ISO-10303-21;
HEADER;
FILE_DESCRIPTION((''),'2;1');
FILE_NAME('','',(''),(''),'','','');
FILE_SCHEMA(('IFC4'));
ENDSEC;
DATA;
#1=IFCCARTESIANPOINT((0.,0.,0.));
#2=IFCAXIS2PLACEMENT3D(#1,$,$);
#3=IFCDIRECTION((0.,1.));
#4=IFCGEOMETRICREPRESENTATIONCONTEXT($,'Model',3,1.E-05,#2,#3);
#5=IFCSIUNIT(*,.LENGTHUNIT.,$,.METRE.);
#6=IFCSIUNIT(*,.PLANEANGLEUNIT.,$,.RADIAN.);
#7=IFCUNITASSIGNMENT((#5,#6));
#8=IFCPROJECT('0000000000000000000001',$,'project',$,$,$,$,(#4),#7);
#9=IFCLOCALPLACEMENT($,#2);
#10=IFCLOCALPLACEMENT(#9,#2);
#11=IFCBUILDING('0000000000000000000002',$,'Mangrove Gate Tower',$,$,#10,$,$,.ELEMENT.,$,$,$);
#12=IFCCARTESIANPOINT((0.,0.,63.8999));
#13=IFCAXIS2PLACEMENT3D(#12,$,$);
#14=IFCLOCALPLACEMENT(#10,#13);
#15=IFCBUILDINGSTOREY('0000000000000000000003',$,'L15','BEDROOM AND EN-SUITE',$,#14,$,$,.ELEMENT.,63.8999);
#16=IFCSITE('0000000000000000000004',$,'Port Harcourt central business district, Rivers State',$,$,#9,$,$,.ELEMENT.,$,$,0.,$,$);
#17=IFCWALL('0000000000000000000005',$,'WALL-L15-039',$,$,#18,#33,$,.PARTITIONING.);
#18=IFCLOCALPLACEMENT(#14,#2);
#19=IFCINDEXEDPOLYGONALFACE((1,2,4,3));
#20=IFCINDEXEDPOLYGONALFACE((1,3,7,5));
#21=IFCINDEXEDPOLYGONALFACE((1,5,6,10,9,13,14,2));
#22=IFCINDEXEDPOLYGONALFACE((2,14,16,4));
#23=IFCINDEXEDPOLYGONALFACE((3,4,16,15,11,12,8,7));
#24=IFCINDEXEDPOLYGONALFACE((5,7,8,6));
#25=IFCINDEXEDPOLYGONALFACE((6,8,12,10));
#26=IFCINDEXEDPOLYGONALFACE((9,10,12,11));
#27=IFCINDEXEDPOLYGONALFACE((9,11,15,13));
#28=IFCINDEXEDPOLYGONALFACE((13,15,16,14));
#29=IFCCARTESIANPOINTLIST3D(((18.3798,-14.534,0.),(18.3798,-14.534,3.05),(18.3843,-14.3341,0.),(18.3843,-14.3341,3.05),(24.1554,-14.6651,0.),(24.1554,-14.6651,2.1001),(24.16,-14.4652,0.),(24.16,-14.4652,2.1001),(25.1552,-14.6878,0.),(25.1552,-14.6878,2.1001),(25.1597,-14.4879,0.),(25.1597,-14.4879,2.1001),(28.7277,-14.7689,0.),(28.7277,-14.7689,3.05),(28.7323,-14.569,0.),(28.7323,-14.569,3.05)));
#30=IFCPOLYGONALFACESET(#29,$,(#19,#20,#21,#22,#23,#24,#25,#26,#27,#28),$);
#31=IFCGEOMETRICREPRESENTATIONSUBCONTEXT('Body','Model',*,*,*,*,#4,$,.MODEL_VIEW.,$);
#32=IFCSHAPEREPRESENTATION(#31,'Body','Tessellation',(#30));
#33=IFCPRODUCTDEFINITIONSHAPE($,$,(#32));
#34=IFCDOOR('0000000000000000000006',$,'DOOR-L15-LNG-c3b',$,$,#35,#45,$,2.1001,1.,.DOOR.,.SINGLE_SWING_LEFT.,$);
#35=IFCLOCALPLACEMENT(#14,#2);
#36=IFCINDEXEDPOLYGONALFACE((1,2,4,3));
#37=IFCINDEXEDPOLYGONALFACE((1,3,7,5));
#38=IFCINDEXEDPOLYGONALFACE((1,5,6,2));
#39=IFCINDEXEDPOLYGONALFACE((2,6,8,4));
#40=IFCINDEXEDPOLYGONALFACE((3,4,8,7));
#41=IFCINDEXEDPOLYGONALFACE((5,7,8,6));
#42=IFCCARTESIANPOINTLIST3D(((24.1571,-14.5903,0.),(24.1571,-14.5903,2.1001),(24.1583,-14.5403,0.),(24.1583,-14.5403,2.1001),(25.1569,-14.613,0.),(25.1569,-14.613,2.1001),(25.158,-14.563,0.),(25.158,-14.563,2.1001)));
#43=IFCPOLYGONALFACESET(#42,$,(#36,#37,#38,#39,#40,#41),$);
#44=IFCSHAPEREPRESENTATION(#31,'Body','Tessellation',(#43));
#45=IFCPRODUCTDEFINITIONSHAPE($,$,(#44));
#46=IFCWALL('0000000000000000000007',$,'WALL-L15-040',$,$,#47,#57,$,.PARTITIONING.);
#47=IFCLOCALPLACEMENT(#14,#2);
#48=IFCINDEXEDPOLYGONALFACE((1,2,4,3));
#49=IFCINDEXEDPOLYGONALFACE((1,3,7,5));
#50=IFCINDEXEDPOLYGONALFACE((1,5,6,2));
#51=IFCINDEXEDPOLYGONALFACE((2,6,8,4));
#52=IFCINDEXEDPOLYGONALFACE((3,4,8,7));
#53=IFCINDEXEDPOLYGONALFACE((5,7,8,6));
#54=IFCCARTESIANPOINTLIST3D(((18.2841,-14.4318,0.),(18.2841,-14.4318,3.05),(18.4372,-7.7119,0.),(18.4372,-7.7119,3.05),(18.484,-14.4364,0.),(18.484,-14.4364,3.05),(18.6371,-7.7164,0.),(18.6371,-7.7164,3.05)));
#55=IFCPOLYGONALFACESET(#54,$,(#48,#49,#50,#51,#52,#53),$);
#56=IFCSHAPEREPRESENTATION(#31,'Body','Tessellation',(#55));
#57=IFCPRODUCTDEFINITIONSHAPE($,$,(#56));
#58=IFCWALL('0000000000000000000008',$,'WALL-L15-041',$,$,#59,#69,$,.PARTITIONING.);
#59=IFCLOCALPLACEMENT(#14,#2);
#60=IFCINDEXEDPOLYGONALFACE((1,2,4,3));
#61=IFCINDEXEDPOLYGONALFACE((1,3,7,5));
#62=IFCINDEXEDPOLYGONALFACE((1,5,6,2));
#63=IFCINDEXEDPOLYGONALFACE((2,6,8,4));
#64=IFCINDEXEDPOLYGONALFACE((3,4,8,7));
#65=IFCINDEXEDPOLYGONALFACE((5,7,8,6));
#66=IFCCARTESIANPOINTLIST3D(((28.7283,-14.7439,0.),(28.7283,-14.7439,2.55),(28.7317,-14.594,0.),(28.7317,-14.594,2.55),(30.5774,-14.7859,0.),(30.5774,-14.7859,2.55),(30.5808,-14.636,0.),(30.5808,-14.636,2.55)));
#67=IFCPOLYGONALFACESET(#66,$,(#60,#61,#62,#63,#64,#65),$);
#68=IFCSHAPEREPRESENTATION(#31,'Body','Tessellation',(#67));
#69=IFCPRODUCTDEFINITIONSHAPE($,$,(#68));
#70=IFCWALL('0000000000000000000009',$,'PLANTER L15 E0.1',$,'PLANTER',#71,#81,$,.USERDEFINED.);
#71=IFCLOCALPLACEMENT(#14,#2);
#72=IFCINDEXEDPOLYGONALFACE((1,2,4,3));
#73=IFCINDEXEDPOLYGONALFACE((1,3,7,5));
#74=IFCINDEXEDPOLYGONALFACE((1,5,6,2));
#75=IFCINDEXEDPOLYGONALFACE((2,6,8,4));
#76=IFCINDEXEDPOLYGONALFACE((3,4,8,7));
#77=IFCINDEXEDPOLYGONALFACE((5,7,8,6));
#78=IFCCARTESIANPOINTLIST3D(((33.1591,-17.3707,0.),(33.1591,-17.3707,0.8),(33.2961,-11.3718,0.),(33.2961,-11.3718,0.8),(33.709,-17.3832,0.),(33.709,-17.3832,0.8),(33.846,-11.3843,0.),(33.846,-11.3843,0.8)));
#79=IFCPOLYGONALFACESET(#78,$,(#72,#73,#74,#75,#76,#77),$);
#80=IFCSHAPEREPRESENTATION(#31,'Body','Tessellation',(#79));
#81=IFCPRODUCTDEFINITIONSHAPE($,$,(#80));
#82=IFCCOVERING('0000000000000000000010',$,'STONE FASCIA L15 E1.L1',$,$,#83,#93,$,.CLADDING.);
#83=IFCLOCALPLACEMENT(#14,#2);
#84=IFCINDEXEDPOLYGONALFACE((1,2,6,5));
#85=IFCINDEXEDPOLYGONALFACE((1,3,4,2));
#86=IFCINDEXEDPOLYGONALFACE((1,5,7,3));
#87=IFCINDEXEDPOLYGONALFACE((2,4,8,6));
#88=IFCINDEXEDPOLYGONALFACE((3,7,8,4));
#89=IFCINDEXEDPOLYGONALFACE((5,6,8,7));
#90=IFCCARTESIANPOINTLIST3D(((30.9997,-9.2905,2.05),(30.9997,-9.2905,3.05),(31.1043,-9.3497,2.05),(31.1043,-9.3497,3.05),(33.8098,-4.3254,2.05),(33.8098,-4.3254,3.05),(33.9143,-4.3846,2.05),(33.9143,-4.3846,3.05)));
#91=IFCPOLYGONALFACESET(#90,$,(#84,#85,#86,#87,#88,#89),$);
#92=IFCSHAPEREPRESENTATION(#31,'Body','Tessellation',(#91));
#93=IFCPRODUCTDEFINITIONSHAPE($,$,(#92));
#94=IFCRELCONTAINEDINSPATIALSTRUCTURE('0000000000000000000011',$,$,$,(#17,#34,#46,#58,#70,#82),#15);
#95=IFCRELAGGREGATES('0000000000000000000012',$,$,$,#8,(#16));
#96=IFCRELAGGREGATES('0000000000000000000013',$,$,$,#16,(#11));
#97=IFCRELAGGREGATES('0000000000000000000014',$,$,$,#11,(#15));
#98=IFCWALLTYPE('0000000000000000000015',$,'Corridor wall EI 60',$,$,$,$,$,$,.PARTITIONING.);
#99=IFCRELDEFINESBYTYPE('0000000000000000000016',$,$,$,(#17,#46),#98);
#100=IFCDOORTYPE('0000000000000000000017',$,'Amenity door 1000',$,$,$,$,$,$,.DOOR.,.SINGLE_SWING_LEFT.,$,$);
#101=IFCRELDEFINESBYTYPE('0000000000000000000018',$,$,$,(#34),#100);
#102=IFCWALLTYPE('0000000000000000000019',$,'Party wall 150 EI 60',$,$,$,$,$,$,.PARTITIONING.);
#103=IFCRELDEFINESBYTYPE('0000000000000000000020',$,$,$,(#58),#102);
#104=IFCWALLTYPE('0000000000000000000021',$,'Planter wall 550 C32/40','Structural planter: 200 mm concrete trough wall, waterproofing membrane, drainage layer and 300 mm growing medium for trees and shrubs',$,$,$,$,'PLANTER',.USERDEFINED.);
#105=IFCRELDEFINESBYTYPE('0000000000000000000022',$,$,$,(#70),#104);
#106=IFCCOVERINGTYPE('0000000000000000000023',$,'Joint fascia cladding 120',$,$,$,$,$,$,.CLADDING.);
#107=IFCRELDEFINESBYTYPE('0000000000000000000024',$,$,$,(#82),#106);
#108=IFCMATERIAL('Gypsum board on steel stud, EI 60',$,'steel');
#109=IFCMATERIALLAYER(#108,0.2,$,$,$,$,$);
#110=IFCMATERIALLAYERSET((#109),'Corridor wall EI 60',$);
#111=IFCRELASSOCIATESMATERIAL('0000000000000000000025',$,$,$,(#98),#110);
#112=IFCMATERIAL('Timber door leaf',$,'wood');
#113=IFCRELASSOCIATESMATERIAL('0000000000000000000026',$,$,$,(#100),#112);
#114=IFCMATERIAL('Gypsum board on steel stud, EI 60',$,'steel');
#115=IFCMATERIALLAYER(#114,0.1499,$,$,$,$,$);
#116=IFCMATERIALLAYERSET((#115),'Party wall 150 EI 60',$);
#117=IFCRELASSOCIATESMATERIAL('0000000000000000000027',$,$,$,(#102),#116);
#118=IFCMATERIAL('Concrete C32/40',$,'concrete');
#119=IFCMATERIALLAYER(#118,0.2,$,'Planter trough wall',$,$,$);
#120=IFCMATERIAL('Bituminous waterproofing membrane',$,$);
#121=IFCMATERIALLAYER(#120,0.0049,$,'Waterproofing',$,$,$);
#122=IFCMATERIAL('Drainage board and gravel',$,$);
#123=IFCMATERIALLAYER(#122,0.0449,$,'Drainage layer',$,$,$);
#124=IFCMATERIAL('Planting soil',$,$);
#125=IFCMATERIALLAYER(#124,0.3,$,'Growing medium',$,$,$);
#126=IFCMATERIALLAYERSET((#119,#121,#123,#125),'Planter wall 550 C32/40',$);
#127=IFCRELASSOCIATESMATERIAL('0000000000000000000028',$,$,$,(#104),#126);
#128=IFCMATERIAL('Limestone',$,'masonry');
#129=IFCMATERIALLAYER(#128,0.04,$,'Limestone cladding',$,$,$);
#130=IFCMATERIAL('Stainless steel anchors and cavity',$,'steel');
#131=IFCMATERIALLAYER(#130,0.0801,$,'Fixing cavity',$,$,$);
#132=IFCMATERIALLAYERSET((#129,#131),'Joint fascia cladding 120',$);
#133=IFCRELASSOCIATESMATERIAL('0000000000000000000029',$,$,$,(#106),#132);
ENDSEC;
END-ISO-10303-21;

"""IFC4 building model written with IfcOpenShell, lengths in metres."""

from ifc_helpers import new_model, si_unit, direction, frame, frame_2d, origin, place, context, subcontext, project, spatial, rectangle, extrude, material, layer, layer_set, type_object, element, fill, save


model = new_model("IFC4")

# Units and contexts
model_context = context("Model", 3, precision=1e-05, world=origin(), true_north=direction((0.0, 1.0)))
body_context = subcontext(model_context, "Body", "Model", "MODEL_VIEW")
ifc_project = project(units=[si_unit("LENGTHUNIT", "METRE"), si_unit("PLANEANGLEUNIT", "RADIAN")], contexts=[model_context])

# Site, building, storey
site_placement = place(None, origin())
site = spatial("IfcSite", under=ifc_project, at=site_placement, Name="Port Harcourt central business district, Rivers State", CompositionType="ELEMENT", RefElevation=0.0)
building_placement = place(site_placement, origin())
building = spatial("IfcBuilding", under=site, at=building_placement, Name="Mangrove Gate Tower", CompositionType="ELEMENT")
storey_placement = place(building_placement, frame((0.0, 0.0, 63.8999)))
storey = spatial("IfcBuildingStorey", under=building, at=storey_placement, Name="L15", Description="BEDROOM AND EN-SUITE", CompositionType="ELEMENT", Elevation=63.8999)

# Shared definitions
ifc_material_1 = material(Name="Gypsum board on steel stud, EI 60", Category="steel")
ifc_layer_1 = layer(ifc_material_1, 0.2)
ifc_layer_set_1 = layer_set([ifc_layer_1], Name="Corridor wall EI 60")
wall_type_1 = type_object("IfcWallType", Name="Corridor wall EI 60", PredefinedType="PARTITIONING", material=ifc_layer_set_1)

# Wall, opening, door
wall_1_placement = place(storey_placement, frame((18.3821, -14.4341, 0.0), z_axis=(0.0, 0.0, 1.0), x_axis=(0.999743, -0.022691, 0.0)))
wall_1 = element("IfcWall", 1, at=wall_1_placement, inside=storey, type_object=wall_type_1, Name="WALL-L15-039", PredefinedType="PARTITIONING", context=body_context, shape_type="SweptSolid", body=[
    extrude(rectangle(XDim=10.3506, YDim=0.2, at=frame_2d((5.1753, 0.0))), origin(), (0.0, 0.0, 1.0), 3.05),
])
opening_placement = place(wall_1_placement, frame((5.7771, 0.0, 0.0)))
opening = element("IfcOpeningElement", 2, at=opening_placement, cuts=wall_1, PredefinedType="OPENING", context=body_context, shape_type="SweptSolid", body=[
    extrude(rectangle(XDim=1.0, YDim=2.1001, at=frame_2d((0.5, 1.05))), frame((0.0, 0.1099, 0.0), z_axis=(0.0, -1.0, 0.0), x_axis=(1.0, 0.0, 0.0)), (0.0, 0.0, 1.0), 0.22),
])
ifc_material_2 = material(Name="Timber door leaf", Category="wood")
door_type = type_object("IfcDoorType", Name="Amenity door 1000", OperationType="SINGLE_SWING_LEFT", PredefinedType="DOOR", material=ifc_material_2)
door_placement = place(opening_placement, origin())
door = element("IfcDoor", 3, at=door_placement, inside=storey, type_object=door_type, Name="DOOR-L15-LNG-c3b", OperationType="SINGLE_SWING_LEFT", OverallHeight=2.1001, OverallWidth=1.0, PredefinedType="DOOR", context=body_context, shape_type="SweptSolid", body=[
    extrude(rectangle(XDim=1.0, YDim=2.1001, at=frame_2d((0.5, 1.05))), frame((0.0, 0.0249, 0.0), z_axis=(0.0, -1.0, 0.0), x_axis=(1.0, 0.0, 0.0)), (0.0, 0.0, 1.0), 0.05),
])
fill(opening, door)

# Walls
wall_2_placement = place(storey_placement, frame((18.384, -14.4341, 0.0), z_axis=(0.0, 0.0, 1.0), x_axis=(0.022773, 0.999741, 0.0)))
element("IfcWall", 4, at=wall_2_placement, inside=storey, type_object=wall_type_1, Name="WALL-L15-040", PredefinedType="PARTITIONING", context=body_context, shape_type="SweptSolid", body=[
    extrude(rectangle(XDim=6.7217, YDim=0.2, at=frame_2d((3.3608, 0.0))), origin(), (0.0, 0.0, 1.0), 3.05),
])
ifc_material_3 = material(Name="Gypsum board on steel stud, EI 60", Category="steel")
ifc_layer_2 = layer(ifc_material_3, 0.1499)
ifc_layer_set_2 = layer_set([ifc_layer_2], Name="Party wall 150 EI 60")
wall_type_2 = type_object("IfcWallType", Name="Party wall 150 EI 60", PredefinedType="PARTITIONING", material=ifc_layer_set_2)
wall_3_placement = place(storey_placement, frame((28.73, -14.6689, 0.0), z_axis=(0.0, 0.0, 1.0), x_axis=(0.999742, -0.022703, 0.0)))
element("IfcWall", 5, at=wall_3_placement, inside=storey, type_object=wall_type_2, Name="WALL-L15-041", PredefinedType="PARTITIONING", context=body_context, shape_type="SweptSolid", body=[
    extrude(rectangle(XDim=1.8496, YDim=0.1499, at=frame_2d((0.9248, 0.0))), origin(), (0.0, 0.0, 1.0), 2.55),
])
ifc_material_4 = material(Name="Concrete C32/40", Category="concrete")
ifc_layer_3 = layer(ifc_material_4, 0.2, Name="Planter trough wall")
ifc_material_5 = material(Name="Bituminous waterproofing membrane")
ifc_layer_4 = layer(ifc_material_5, 0.0049, Name="Waterproofing")
ifc_material_6 = material(Name="Drainage board and gravel")
ifc_layer_5 = layer(ifc_material_6, 0.0449, Name="Drainage layer")
ifc_material_7 = material(Name="Planting soil")
ifc_layer_6 = layer(ifc_material_7, 0.3, Name="Growing medium")
ifc_layer_set_3 = layer_set([ifc_layer_3, ifc_layer_4, ifc_layer_5, ifc_layer_6], Name="Planter wall 550 C32/40")
wall_type_3 = type_object("IfcWallType", Name="Planter wall 550 C32/40", Description="Structural planter: 200 mm concrete trough wall, waterproofing membrane, drainage layer and 300 mm growing medium for trees and shrubs", ElementType="PLANTER", PredefinedType="USERDEFINED", material=ifc_layer_set_3)
wall_4_placement = place(storey_placement, frame((33.4341, -17.377, 0.0), z_axis=(0.0, 0.0, 1.0), x_axis=(0.022825, 0.999739, 0.0)))
element("IfcWall", 6, at=wall_4_placement, inside=storey, type_object=wall_type_3, Name="PLANTER L15 E0.1", ObjectType="PLANTER", PredefinedType="USERDEFINED", context=body_context, shape_type="SweptSolid", body=[
    extrude(rectangle(XDim=6.0005, YDim=0.55, at=frame_2d((3.0002, 0.0))), origin(), (0.0, 0.0, 1.0), 0.8),
])

# Covering
ifc_material_8 = material(Name="Limestone", Category="masonry")
ifc_layer_7 = layer(ifc_material_8, 0.04, Name="Limestone cladding")
ifc_material_9 = material(Name="Stainless steel anchors and cavity", Category="steel")
ifc_layer_8 = layer(ifc_material_9, 0.0801, Name="Fixing cavity")
ifc_layer_set_4 = layer_set([ifc_layer_7, ifc_layer_8], Name="Joint fascia cladding 120")
covering_type = type_object("IfcCoveringType", Name="Joint fascia cladding 120", PredefinedType="CLADDING", material=ifc_layer_set_4)
covering_placement = place(storey_placement, frame((31.052, -9.3201, 2.05), z_axis=(0.0, 0.0, 1.0), x_axis=(0.492549, 0.870285, 0.0)))
element("IfcCovering", 7, at=covering_placement, inside=storey, type_object=covering_type, Name="STONE FASCIA L15 E1.L1", PredefinedType="CLADDING", context=body_context, shape_type="SweptSolid", body=[
    extrude(rectangle(XDim=5.7051, YDim=0.1201, at=frame_2d((2.8525, 0.0))), origin(), (0.0, 0.0, 1.0), 1.0),
])

save(model, "model.ifc")
